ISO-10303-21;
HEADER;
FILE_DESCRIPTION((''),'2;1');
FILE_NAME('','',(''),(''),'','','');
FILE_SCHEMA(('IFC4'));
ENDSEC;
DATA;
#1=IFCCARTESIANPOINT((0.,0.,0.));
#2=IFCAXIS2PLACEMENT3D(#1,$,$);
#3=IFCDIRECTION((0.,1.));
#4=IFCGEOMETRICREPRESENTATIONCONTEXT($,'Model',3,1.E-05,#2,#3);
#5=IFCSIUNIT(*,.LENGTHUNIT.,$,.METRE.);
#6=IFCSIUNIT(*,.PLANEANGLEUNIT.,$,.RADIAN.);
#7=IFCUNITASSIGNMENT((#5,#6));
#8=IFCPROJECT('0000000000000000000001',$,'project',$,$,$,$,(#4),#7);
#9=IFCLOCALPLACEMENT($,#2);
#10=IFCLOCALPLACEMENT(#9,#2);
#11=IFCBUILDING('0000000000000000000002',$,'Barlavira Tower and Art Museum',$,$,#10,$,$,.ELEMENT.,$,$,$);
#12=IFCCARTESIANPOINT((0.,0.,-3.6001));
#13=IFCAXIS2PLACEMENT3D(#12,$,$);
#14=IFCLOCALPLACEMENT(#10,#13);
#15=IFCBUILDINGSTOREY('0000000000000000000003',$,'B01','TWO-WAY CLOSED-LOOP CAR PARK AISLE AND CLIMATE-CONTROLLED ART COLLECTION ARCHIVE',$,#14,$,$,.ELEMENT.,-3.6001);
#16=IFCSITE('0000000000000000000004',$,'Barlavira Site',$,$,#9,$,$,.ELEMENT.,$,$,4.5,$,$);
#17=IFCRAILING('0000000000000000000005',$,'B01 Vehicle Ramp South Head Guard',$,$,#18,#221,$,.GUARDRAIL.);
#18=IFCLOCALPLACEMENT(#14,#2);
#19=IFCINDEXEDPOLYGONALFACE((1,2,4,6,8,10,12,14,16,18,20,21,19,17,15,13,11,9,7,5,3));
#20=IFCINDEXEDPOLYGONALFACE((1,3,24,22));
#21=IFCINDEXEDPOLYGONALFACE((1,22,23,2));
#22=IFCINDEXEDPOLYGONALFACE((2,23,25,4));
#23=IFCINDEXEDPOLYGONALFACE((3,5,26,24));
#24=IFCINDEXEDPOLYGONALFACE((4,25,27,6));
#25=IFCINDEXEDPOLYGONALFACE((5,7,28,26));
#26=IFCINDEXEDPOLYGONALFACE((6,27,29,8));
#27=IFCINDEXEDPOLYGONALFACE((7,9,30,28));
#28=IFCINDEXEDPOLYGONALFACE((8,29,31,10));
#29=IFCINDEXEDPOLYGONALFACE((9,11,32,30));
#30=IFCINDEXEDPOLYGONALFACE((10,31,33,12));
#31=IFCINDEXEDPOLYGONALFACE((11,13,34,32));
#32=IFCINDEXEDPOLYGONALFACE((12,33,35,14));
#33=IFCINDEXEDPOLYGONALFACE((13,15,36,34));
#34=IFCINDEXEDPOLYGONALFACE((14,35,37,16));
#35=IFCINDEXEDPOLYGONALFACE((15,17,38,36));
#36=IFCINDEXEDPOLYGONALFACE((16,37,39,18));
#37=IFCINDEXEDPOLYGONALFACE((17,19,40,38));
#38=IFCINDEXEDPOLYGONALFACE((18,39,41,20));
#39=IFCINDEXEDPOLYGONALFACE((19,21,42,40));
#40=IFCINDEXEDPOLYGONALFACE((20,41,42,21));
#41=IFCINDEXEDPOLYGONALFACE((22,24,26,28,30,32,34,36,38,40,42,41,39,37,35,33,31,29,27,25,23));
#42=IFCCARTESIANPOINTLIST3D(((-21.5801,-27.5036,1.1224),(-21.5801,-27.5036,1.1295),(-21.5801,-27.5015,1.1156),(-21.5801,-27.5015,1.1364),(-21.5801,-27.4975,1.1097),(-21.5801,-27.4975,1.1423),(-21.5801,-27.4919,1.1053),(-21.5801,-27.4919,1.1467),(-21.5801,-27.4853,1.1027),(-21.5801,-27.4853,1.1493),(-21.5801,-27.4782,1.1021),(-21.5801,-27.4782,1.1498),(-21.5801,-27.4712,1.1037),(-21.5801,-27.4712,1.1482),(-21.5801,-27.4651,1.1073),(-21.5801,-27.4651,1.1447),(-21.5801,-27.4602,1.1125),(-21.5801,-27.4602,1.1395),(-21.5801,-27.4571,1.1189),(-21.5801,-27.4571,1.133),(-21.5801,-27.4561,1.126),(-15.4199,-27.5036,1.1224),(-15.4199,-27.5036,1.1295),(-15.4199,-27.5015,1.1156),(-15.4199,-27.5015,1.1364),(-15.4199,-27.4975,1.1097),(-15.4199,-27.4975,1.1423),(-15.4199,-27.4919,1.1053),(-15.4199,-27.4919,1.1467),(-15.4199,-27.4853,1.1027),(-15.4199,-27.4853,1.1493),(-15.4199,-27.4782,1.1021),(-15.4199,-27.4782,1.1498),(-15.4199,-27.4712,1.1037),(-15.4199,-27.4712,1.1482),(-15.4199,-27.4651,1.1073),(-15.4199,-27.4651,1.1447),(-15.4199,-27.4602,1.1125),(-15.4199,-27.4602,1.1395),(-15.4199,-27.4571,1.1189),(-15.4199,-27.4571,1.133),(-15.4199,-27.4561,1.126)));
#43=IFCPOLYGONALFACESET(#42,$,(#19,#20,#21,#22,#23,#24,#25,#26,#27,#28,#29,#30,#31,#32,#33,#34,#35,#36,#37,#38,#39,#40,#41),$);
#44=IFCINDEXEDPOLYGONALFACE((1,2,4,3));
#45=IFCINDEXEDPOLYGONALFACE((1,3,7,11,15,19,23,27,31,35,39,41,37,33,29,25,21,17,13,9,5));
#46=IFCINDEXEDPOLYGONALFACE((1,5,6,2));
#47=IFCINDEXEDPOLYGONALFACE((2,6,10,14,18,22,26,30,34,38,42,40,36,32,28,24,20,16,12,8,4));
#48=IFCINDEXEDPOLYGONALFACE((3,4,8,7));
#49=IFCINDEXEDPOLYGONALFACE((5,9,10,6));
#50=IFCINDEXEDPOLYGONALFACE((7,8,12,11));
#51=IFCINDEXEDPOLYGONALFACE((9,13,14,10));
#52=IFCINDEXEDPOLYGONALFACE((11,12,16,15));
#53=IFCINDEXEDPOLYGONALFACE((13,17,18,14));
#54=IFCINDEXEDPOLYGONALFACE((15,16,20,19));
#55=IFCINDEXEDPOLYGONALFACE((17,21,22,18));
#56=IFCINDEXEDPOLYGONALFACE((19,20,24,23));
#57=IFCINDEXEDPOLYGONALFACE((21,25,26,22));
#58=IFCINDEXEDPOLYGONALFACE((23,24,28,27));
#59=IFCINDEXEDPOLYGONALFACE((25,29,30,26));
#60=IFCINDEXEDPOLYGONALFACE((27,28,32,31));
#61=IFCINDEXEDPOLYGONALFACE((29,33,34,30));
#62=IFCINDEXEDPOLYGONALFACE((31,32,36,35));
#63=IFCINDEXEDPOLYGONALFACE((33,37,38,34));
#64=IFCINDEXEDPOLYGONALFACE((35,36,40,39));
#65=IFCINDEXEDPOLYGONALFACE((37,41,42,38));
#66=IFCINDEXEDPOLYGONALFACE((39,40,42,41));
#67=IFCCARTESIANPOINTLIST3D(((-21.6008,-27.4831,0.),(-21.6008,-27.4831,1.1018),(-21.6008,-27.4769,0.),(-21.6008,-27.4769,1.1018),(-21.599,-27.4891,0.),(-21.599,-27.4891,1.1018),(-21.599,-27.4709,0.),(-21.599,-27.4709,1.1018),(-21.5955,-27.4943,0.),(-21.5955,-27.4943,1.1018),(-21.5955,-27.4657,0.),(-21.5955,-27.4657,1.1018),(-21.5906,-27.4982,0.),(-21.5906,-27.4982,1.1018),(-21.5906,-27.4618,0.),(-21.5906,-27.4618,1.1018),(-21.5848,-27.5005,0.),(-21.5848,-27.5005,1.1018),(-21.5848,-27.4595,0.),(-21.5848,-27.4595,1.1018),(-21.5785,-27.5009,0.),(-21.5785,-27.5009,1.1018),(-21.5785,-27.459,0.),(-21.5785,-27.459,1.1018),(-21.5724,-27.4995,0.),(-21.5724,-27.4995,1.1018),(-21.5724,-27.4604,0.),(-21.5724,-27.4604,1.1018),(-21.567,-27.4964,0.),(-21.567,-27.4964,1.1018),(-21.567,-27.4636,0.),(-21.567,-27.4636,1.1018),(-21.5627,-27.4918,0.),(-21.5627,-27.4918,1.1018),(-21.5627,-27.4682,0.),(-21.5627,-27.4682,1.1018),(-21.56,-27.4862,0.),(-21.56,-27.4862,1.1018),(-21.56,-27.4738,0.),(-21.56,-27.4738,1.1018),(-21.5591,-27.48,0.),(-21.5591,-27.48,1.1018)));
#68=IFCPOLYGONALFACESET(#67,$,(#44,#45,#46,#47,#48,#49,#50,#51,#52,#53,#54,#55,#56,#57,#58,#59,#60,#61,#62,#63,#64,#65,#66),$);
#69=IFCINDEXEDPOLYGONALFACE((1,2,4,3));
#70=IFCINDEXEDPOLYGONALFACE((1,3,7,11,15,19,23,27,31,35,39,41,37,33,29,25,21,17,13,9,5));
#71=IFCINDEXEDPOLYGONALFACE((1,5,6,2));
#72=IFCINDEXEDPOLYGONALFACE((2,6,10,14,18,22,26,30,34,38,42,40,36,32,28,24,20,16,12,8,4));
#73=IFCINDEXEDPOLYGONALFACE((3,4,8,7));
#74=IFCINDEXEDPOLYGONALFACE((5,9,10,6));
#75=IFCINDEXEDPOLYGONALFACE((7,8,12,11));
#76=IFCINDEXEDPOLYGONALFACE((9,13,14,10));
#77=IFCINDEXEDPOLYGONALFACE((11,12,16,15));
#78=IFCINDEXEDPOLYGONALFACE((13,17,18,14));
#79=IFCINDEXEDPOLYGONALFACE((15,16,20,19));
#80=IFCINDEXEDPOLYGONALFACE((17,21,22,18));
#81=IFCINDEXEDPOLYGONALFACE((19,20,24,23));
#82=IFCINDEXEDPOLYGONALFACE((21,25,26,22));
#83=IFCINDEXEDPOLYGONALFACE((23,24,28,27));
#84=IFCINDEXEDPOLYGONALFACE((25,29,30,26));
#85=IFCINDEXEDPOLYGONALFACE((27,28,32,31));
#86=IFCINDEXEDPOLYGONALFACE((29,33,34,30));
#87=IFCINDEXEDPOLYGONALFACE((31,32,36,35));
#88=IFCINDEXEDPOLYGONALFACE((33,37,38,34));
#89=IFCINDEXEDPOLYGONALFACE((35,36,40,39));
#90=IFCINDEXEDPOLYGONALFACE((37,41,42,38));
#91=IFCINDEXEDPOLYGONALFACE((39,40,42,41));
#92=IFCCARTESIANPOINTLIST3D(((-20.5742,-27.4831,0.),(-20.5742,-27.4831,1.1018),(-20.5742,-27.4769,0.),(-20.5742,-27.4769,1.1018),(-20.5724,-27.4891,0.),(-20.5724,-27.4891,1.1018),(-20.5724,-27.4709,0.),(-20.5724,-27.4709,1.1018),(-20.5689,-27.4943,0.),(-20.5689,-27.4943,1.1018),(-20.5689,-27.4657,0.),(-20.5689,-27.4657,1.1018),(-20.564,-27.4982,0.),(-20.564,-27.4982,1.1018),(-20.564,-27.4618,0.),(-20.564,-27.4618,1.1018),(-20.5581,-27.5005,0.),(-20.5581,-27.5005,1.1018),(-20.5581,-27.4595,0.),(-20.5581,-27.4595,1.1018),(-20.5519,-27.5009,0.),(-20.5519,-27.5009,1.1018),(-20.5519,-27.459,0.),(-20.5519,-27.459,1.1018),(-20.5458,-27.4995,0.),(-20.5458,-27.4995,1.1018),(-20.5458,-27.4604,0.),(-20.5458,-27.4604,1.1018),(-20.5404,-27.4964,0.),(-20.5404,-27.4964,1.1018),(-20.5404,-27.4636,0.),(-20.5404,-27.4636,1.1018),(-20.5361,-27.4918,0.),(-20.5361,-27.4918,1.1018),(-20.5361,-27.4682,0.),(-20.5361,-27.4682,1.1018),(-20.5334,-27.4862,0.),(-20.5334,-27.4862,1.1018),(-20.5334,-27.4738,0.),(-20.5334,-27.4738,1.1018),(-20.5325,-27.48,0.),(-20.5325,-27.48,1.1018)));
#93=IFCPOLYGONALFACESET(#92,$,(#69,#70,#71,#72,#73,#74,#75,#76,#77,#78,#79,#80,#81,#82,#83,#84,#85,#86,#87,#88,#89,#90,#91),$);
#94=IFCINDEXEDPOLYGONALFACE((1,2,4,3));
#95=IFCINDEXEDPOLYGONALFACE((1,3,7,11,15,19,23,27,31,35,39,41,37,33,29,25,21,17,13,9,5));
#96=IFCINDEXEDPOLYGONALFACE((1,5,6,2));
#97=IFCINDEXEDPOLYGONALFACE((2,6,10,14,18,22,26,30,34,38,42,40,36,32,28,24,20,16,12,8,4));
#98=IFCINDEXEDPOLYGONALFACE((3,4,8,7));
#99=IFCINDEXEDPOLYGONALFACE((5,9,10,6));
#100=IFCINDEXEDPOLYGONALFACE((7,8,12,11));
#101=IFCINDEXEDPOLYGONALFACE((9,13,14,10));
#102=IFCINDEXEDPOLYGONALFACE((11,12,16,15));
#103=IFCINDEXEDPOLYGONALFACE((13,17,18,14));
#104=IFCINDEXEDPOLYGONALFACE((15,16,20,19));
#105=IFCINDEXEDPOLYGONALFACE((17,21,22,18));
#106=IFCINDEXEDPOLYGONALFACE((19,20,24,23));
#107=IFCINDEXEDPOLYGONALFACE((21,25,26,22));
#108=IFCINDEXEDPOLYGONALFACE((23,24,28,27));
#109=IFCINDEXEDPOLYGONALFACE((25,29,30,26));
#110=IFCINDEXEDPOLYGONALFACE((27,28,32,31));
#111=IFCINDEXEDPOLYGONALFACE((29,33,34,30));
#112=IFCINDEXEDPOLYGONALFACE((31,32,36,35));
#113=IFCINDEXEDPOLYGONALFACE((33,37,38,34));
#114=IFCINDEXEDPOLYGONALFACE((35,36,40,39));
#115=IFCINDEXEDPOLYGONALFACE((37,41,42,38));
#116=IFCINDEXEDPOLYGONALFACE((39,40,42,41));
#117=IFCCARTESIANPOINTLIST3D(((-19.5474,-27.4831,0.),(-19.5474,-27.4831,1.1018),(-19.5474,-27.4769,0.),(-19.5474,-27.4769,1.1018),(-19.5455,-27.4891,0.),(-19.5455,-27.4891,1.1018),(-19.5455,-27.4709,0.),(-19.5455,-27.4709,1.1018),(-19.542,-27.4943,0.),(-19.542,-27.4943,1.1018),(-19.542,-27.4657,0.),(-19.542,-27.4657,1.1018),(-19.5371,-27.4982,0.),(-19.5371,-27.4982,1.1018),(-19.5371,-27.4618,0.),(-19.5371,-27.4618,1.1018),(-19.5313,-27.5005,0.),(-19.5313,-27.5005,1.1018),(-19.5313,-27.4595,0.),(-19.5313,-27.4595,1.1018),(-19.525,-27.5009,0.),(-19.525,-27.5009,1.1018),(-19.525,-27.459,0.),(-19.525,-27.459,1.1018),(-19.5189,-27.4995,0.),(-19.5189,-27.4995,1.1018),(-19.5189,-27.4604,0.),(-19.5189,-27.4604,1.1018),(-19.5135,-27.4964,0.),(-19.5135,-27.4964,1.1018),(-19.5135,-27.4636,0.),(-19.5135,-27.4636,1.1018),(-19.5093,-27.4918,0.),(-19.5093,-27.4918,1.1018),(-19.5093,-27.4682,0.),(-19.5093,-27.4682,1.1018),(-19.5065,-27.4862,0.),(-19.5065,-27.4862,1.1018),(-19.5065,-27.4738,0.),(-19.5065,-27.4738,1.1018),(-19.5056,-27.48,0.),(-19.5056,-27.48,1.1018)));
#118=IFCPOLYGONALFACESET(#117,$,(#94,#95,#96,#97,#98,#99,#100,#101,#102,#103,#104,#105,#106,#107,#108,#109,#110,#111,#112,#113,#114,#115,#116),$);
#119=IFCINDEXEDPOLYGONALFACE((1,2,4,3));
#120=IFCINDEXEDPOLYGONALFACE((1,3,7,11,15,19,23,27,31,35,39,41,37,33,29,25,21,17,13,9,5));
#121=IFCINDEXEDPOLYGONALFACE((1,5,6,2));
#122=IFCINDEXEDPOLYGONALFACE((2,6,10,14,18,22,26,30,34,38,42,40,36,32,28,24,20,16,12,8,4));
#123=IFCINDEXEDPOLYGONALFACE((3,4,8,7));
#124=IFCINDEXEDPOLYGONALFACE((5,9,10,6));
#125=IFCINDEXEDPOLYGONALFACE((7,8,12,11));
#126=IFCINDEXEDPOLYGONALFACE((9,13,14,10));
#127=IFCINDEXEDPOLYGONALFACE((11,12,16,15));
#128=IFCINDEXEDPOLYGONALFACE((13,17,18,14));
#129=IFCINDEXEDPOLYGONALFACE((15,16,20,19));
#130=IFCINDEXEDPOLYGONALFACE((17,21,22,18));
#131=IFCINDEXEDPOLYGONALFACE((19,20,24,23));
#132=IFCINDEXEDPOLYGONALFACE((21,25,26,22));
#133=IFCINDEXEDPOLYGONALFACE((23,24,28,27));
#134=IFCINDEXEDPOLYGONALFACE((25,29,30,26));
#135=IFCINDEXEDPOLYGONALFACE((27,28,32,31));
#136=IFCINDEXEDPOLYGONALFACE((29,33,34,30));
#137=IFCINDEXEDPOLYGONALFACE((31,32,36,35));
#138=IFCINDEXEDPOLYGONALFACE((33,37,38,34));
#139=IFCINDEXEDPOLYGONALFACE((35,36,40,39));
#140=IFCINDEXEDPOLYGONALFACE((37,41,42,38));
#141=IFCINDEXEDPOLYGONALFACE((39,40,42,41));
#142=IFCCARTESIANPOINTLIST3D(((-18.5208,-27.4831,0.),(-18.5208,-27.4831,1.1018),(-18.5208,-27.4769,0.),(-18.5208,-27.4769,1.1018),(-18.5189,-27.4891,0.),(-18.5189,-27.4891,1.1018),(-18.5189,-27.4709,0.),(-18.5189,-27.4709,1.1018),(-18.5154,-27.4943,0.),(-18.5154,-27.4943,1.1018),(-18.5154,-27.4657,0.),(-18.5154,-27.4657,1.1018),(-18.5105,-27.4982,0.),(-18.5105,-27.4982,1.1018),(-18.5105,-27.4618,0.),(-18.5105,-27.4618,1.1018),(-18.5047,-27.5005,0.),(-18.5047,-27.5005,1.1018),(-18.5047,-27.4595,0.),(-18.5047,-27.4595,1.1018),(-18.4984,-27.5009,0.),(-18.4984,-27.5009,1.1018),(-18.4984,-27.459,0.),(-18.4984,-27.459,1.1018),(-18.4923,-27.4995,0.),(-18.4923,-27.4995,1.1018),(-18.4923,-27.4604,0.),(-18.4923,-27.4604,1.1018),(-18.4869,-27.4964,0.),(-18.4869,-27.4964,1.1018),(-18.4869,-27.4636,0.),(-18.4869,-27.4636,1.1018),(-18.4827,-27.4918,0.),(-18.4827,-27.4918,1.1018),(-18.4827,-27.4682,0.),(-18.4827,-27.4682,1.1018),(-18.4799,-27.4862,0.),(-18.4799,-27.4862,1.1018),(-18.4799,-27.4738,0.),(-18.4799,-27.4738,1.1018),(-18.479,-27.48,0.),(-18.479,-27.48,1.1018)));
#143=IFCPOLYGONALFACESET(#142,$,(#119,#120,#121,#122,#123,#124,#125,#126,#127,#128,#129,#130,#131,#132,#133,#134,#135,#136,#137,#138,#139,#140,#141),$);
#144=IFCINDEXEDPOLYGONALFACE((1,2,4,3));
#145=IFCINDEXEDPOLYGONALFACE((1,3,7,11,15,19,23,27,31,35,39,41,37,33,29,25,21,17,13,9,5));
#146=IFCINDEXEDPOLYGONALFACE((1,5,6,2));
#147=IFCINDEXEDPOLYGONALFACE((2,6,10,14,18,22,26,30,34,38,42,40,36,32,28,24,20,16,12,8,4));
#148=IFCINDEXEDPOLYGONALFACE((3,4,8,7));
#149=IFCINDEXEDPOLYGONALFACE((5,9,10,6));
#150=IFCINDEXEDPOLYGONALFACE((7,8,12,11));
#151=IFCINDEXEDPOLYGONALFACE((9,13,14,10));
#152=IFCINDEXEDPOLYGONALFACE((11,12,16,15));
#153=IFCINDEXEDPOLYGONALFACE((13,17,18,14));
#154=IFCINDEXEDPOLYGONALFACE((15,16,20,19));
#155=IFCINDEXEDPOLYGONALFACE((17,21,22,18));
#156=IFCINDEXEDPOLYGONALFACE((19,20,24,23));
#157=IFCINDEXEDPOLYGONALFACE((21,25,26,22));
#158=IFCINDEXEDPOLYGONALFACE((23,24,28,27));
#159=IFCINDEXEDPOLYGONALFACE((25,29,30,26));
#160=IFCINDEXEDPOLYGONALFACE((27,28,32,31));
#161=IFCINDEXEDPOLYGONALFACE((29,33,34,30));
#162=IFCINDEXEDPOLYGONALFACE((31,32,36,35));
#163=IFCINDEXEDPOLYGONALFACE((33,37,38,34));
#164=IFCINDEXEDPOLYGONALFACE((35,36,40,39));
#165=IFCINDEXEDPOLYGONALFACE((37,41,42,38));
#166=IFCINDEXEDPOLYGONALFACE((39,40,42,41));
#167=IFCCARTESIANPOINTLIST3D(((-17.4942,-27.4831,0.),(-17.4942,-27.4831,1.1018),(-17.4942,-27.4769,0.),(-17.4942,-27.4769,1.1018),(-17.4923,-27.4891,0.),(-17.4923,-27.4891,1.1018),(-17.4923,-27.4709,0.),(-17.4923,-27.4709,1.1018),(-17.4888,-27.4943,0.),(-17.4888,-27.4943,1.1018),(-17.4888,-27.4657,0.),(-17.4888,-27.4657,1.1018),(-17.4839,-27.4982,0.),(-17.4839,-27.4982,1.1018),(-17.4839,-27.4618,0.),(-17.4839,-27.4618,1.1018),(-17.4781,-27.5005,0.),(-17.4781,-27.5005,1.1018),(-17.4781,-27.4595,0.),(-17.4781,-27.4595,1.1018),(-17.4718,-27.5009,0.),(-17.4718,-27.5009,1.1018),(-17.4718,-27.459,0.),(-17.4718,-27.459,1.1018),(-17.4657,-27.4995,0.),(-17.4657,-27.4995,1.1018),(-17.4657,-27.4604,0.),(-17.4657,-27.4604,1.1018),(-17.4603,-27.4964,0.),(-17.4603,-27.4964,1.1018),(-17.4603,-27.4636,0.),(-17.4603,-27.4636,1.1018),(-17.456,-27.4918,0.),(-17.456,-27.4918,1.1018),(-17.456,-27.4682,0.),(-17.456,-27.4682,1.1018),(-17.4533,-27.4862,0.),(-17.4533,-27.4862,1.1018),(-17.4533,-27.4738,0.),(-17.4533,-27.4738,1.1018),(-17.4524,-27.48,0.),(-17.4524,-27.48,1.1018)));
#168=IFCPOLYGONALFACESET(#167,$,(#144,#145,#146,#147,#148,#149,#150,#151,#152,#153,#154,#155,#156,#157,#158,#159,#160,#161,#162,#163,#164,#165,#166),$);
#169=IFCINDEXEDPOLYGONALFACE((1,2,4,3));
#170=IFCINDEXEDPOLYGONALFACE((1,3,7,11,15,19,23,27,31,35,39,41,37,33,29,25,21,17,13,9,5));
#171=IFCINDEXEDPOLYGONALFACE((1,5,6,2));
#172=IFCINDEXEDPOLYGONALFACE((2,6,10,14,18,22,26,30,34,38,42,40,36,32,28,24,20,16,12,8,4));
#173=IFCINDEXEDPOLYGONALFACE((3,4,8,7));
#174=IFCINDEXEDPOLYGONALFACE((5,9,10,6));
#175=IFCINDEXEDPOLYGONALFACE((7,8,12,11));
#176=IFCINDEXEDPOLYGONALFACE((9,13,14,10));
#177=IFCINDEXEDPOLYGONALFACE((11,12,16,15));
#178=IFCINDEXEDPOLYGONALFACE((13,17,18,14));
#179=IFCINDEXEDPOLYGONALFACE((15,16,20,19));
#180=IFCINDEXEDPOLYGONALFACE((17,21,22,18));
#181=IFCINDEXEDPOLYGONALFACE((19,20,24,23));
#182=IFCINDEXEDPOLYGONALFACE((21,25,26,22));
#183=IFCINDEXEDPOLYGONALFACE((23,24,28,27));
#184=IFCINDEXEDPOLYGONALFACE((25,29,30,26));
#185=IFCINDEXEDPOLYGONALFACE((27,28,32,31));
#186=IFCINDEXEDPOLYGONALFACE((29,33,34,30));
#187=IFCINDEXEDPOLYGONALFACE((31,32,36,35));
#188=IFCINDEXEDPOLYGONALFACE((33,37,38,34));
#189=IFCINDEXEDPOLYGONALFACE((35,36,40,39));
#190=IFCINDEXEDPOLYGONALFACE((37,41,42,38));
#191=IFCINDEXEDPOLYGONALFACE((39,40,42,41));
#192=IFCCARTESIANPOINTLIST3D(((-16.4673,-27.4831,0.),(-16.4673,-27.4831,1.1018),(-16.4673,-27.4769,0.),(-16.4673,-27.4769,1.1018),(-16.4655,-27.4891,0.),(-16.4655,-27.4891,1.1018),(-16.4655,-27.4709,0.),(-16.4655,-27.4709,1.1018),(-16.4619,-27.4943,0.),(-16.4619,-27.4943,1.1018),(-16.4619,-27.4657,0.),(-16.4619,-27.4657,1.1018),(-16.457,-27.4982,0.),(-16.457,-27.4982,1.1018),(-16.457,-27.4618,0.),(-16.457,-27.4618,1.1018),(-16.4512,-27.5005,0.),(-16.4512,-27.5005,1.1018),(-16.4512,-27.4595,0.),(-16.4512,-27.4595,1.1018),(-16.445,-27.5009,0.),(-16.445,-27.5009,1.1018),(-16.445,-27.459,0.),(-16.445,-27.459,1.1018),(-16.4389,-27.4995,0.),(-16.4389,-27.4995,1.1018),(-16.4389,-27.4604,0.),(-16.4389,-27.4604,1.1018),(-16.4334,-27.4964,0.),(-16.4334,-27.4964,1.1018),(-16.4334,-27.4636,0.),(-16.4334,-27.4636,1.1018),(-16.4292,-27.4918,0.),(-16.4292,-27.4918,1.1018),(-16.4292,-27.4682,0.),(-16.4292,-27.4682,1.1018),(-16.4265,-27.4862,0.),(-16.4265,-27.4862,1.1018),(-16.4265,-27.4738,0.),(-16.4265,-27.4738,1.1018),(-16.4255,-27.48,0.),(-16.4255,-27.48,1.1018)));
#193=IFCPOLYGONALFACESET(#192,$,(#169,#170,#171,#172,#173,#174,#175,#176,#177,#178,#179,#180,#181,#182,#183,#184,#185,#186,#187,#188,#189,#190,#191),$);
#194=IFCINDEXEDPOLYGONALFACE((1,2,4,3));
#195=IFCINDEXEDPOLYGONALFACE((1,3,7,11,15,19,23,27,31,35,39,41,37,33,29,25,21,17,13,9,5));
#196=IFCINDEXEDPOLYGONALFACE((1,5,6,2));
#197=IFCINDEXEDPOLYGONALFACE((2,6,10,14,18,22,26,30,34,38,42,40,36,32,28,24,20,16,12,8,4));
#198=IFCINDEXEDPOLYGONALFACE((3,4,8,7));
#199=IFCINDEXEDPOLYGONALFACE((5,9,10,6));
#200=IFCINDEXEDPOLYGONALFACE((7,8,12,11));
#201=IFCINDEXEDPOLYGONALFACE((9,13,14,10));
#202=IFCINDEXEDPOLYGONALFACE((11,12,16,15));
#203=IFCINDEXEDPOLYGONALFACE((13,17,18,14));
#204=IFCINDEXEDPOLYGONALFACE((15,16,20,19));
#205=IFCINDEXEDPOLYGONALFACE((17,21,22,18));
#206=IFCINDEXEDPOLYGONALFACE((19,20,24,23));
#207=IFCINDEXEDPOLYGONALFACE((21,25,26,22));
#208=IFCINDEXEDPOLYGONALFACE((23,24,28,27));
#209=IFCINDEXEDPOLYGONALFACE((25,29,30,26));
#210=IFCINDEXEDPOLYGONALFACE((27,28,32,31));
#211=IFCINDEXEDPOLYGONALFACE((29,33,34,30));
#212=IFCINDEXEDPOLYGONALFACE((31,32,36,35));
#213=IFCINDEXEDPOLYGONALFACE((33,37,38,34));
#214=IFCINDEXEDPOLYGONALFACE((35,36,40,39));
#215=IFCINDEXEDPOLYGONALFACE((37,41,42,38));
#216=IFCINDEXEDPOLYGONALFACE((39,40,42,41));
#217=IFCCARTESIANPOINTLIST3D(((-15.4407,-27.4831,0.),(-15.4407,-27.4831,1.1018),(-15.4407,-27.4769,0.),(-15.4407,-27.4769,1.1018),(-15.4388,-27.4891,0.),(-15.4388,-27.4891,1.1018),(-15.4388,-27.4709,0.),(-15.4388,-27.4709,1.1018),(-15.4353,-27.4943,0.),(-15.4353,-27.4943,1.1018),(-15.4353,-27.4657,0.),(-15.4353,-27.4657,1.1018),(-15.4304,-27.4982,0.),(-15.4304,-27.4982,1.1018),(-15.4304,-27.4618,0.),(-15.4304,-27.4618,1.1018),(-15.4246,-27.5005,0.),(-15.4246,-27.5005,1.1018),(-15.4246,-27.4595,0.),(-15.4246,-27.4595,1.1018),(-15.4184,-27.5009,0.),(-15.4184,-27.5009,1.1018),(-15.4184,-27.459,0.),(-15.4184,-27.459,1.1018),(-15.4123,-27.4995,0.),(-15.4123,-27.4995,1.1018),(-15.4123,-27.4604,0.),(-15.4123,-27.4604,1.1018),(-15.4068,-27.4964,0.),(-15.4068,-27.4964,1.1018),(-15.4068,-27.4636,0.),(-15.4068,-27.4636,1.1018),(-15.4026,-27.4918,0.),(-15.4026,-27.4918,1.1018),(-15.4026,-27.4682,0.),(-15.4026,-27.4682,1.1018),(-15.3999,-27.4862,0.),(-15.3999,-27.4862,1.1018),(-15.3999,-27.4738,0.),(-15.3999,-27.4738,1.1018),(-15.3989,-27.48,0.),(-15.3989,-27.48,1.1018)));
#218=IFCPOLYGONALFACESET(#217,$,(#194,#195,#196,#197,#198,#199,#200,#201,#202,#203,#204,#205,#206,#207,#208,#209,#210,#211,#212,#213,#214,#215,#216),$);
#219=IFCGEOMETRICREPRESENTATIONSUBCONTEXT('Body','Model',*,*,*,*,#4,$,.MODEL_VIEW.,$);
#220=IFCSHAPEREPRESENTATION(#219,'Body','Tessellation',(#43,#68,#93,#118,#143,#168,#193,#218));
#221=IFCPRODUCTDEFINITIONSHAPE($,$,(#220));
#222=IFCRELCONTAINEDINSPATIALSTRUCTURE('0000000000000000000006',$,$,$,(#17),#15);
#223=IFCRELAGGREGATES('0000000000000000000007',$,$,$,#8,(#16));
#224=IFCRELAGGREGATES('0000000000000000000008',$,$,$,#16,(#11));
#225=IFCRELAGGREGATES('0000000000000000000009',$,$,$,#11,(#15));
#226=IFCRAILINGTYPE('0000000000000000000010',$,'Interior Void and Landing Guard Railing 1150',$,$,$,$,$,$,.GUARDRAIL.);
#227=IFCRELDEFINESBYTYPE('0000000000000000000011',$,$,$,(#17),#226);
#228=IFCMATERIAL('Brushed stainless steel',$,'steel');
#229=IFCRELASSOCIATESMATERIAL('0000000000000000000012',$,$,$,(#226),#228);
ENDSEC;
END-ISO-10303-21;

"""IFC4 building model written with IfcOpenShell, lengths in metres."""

from ifc_helpers import new_model, si_unit, direction, frame, origin, origin_2d, place, context, subcontext, project, spatial, circle, extrude, material, type_object, element, save


model = new_model("IFC4")

# Units and contexts
model_context = context("Model", 3, precision=1e-05, world=origin(), true_north=direction((0.0, 1.0)))
body_context = subcontext(model_context, "Body", "Model", "MODEL_VIEW")
ifc_project = project(units=[si_unit("LENGTHUNIT", "METRE"), si_unit("PLANEANGLEUNIT", "RADIAN")], contexts=[model_context])

# Site, building, storey
site_placement = place(None, origin())
site = spatial("IfcSite", under=ifc_project, at=site_placement, Name="Barlavira Site", CompositionType="ELEMENT", RefElevation=4.5)
building_placement = place(site_placement, origin())
building = spatial("IfcBuilding", under=site, at=building_placement, Name="Barlavira Tower and Art Museum", CompositionType="ELEMENT")
storey_placement = place(building_placement, frame((0.0, 0.0, -3.6001)))
storey = spatial("IfcBuildingStorey", under=building, at=storey_placement, Name="B01", Description="TWO-WAY CLOSED-LOOP CAR PARK AISLE AND CLIMATE-CONTROLLED ART COLLECTION ARCHIVE", CompositionType="ELEMENT", Elevation=-3.6001)

# Railing
ifc_material_1 = material(Name="Brushed stainless steel", Category="steel")
railing_type = type_object("IfcRailingType", Name="Interior Void and Landing Guard Railing 1150", PredefinedType="GUARDRAIL", material=ifc_material_1)
railing_1_placement = place(storey_placement, frame((-21.5801, -27.48, 0.0)))
element("IfcRailing", 1, at=railing_1_placement, inside=storey, type_object=railing_type, Name="B01 Vehicle Ramp South Head Guard", PredefinedType="GUARDRAIL", context=body_context, shape_type="SweptSolid", body=[
    extrude(circle(Radius=0.0239, at=origin_2d()), frame((0.0, 0.0, 1.126), z_axis=(1.0, 0.0, 0.0), x_axis=(0.0, 1.0, 0.0)), (0.0, 0.0, 1.0), 6.1602),
    extrude(circle(Radius=0.021, at=origin_2d()), origin(), (0.0, 0.0, 1.0), 1.1018),
    extrude(circle(Radius=0.021, at=origin_2d()), frame((1.0266, 0.0, 0.0)), (0.0, 0.0, 1.0), 1.1018),
    extrude(circle(Radius=0.021, at=origin_2d()), frame((2.0535, 0.0, 0.0)), (0.0, 0.0, 1.0), 1.1018),
    extrude(circle(Radius=0.021, at=origin_2d()), frame((3.0801, 0.0, 0.0)), (0.0, 0.0, 1.0), 1.1018),
    extrude(circle(Radius=0.021, at=origin_2d()), frame((4.1067, 0.0, 0.0)), (0.0, 0.0, 1.0), 1.1018),
    extrude(circle(Radius=0.021, at=origin_2d()), frame((5.1335, 0.0, 0.0)), (0.0, 0.0, 1.0), 1.1018),
    extrude(circle(Radius=0.021, at=origin_2d()), frame((6.1602, 0.0, 0.0)), (0.0, 0.0, 1.0), 1.1018),
])

save(model, "model.ifc")
